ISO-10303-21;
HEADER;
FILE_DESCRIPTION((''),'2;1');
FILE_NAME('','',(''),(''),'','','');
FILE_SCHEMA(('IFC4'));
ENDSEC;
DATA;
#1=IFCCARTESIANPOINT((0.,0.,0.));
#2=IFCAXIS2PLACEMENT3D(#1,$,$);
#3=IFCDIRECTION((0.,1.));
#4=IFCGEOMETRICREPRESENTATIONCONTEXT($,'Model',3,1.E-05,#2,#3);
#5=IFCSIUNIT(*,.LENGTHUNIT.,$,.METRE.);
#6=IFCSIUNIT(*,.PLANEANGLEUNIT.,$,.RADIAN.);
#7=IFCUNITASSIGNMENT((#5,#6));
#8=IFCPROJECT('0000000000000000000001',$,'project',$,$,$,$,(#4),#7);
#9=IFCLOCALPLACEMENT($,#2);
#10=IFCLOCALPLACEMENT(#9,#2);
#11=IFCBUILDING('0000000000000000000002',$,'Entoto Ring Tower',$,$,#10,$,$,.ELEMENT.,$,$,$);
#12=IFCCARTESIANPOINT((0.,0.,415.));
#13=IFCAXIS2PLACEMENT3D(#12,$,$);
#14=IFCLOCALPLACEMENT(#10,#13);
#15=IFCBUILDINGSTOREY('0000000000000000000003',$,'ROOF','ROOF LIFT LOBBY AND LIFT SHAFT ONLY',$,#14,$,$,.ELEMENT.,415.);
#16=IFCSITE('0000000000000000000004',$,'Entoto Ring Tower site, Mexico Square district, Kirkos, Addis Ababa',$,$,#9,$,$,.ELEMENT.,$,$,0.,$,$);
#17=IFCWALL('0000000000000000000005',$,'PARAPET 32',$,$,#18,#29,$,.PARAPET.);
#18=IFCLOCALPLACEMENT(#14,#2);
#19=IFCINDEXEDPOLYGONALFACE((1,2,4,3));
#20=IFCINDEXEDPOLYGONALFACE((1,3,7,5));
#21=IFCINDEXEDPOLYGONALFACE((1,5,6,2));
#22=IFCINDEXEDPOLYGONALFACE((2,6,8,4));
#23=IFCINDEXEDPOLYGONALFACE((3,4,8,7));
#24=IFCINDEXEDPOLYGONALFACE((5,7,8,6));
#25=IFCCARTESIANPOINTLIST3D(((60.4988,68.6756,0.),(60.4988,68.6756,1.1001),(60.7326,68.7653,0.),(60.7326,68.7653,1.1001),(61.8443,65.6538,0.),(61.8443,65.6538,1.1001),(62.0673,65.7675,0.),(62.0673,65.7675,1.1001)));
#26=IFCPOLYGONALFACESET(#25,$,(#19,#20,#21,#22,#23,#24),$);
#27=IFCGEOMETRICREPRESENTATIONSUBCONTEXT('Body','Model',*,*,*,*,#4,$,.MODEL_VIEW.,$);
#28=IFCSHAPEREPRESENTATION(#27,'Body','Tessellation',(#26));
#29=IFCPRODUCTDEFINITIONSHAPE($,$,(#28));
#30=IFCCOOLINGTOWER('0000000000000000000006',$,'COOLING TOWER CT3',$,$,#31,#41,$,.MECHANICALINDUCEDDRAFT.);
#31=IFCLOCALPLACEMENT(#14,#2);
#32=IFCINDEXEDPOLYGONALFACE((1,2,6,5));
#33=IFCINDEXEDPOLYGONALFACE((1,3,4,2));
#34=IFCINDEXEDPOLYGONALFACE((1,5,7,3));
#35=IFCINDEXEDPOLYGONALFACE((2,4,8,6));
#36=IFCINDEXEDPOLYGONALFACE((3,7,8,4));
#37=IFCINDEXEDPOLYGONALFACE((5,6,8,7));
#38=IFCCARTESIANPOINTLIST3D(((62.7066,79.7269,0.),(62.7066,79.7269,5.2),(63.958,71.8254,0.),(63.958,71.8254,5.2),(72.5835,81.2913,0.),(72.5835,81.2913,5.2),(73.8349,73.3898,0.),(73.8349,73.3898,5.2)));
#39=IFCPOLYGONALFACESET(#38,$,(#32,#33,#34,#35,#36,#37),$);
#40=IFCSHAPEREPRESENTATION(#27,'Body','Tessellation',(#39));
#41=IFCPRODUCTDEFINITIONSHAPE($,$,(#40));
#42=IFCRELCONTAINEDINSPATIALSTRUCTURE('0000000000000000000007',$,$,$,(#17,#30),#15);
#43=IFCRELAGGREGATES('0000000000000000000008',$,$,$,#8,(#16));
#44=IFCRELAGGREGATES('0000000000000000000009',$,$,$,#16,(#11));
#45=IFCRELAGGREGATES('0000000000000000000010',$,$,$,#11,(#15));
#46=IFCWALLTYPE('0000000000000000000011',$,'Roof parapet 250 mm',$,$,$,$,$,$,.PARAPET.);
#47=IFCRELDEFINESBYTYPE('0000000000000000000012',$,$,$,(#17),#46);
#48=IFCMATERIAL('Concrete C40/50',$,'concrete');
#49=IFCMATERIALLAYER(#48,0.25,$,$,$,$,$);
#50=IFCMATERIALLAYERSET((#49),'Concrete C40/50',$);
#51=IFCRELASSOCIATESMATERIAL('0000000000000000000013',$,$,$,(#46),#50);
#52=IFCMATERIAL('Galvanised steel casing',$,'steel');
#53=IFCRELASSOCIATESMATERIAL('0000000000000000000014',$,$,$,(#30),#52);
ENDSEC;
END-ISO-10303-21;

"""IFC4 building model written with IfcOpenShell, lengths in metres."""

from ifc_helpers import new_model, si_unit, direction, frame, origin, origin_2d, place, context, subcontext, project, spatial, polyline, rectangle, outline, extrude, material, layer, layer_set, type_object, element, save


model = new_model("IFC4")

# Units and contexts
model_context = context("Model", 3, precision=1e-05, world=origin(), true_north=direction((0.0, 1.0)))
body_context = subcontext(model_context, "Body", "Model", "MODEL_VIEW")
ifc_project = project(units=[si_unit("LENGTHUNIT", "METRE"), si_unit("PLANEANGLEUNIT", "RADIAN")], contexts=[model_context])

# Site, building, storey
site_placement = place(None, origin())
site = spatial("IfcSite", under=ifc_project, at=site_placement, Name="Entoto Ring Tower site, Mexico Square district, Kirkos, Addis Ababa", CompositionType="ELEMENT", RefElevation=0.0)
building_placement = place(site_placement, origin())
building = spatial("IfcBuilding", under=site, at=building_placement, Name="Entoto Ring Tower", CompositionType="ELEMENT")
storey_placement = place(building_placement, frame((0.0, 0.0, 415.0)))
storey = spatial("IfcBuildingStorey", under=building, at=storey_placement, Name="ROOF", Description="ROOF LIFT LOBBY AND LIFT SHAFT ONLY", CompositionType="ELEMENT", Elevation=415.0)

# Wall
ifc_material_1 = material(Name="Concrete C40/50", Category="concrete")
ifc_layer = layer(ifc_material_1, 0.25)
ifc_layer_set = layer_set([ifc_layer], Name="Concrete C40/50")
wall_type = type_object("IfcWallType", Name="Roof parapet 250 mm", PredefinedType="PARAPET", material=ifc_layer_set)
wall_1_placement = place(storey_placement, frame((60.6157, 68.7205, 0.0), z_axis=(0.0, 0.0, 1.0), x_axis=(0.40675, -0.913539, 0.0)))
element("IfcWall", 1, at=wall_1_placement, inside=storey, type_object=wall_type, Name="PARAPET 32", PredefinedType="PARAPET", context=body_context, shape_type="SweptSolid", body=[
    extrude(outline(polyline([(-0.0066, -0.125), (3.3013, -0.125), (3.2881, 0.125), (0.0066, 0.125), (-0.0066, -0.125)])), origin(), (0.0, 0.0, 1.0), 1.1001),
])

# Cooling tower
ifc_material_2 = material(Name="Galvanised steel casing", Category="steel")
cooling_tower_placement = place(storey_placement, frame((68.2708, 76.5583, 0.0), z_axis=(0.0, 0.0, 1.0), x_axis=(-0.987688, -0.156434, 0.0)))
element("IfcCoolingTower", 2, at=cooling_tower_placement, inside=storey, material=ifc_material_2, Name="COOLING TOWER CT3", PredefinedType="MECHANICALINDUCEDDRAFT", context=body_context, shape_type="SweptSolid", body=[
    extrude(rectangle(XDim=10.0, YDim=8.0, at=origin_2d()), origin(), (0.0, 0.0, 1.0), 5.2),
])

save(model, "model.ifc")
